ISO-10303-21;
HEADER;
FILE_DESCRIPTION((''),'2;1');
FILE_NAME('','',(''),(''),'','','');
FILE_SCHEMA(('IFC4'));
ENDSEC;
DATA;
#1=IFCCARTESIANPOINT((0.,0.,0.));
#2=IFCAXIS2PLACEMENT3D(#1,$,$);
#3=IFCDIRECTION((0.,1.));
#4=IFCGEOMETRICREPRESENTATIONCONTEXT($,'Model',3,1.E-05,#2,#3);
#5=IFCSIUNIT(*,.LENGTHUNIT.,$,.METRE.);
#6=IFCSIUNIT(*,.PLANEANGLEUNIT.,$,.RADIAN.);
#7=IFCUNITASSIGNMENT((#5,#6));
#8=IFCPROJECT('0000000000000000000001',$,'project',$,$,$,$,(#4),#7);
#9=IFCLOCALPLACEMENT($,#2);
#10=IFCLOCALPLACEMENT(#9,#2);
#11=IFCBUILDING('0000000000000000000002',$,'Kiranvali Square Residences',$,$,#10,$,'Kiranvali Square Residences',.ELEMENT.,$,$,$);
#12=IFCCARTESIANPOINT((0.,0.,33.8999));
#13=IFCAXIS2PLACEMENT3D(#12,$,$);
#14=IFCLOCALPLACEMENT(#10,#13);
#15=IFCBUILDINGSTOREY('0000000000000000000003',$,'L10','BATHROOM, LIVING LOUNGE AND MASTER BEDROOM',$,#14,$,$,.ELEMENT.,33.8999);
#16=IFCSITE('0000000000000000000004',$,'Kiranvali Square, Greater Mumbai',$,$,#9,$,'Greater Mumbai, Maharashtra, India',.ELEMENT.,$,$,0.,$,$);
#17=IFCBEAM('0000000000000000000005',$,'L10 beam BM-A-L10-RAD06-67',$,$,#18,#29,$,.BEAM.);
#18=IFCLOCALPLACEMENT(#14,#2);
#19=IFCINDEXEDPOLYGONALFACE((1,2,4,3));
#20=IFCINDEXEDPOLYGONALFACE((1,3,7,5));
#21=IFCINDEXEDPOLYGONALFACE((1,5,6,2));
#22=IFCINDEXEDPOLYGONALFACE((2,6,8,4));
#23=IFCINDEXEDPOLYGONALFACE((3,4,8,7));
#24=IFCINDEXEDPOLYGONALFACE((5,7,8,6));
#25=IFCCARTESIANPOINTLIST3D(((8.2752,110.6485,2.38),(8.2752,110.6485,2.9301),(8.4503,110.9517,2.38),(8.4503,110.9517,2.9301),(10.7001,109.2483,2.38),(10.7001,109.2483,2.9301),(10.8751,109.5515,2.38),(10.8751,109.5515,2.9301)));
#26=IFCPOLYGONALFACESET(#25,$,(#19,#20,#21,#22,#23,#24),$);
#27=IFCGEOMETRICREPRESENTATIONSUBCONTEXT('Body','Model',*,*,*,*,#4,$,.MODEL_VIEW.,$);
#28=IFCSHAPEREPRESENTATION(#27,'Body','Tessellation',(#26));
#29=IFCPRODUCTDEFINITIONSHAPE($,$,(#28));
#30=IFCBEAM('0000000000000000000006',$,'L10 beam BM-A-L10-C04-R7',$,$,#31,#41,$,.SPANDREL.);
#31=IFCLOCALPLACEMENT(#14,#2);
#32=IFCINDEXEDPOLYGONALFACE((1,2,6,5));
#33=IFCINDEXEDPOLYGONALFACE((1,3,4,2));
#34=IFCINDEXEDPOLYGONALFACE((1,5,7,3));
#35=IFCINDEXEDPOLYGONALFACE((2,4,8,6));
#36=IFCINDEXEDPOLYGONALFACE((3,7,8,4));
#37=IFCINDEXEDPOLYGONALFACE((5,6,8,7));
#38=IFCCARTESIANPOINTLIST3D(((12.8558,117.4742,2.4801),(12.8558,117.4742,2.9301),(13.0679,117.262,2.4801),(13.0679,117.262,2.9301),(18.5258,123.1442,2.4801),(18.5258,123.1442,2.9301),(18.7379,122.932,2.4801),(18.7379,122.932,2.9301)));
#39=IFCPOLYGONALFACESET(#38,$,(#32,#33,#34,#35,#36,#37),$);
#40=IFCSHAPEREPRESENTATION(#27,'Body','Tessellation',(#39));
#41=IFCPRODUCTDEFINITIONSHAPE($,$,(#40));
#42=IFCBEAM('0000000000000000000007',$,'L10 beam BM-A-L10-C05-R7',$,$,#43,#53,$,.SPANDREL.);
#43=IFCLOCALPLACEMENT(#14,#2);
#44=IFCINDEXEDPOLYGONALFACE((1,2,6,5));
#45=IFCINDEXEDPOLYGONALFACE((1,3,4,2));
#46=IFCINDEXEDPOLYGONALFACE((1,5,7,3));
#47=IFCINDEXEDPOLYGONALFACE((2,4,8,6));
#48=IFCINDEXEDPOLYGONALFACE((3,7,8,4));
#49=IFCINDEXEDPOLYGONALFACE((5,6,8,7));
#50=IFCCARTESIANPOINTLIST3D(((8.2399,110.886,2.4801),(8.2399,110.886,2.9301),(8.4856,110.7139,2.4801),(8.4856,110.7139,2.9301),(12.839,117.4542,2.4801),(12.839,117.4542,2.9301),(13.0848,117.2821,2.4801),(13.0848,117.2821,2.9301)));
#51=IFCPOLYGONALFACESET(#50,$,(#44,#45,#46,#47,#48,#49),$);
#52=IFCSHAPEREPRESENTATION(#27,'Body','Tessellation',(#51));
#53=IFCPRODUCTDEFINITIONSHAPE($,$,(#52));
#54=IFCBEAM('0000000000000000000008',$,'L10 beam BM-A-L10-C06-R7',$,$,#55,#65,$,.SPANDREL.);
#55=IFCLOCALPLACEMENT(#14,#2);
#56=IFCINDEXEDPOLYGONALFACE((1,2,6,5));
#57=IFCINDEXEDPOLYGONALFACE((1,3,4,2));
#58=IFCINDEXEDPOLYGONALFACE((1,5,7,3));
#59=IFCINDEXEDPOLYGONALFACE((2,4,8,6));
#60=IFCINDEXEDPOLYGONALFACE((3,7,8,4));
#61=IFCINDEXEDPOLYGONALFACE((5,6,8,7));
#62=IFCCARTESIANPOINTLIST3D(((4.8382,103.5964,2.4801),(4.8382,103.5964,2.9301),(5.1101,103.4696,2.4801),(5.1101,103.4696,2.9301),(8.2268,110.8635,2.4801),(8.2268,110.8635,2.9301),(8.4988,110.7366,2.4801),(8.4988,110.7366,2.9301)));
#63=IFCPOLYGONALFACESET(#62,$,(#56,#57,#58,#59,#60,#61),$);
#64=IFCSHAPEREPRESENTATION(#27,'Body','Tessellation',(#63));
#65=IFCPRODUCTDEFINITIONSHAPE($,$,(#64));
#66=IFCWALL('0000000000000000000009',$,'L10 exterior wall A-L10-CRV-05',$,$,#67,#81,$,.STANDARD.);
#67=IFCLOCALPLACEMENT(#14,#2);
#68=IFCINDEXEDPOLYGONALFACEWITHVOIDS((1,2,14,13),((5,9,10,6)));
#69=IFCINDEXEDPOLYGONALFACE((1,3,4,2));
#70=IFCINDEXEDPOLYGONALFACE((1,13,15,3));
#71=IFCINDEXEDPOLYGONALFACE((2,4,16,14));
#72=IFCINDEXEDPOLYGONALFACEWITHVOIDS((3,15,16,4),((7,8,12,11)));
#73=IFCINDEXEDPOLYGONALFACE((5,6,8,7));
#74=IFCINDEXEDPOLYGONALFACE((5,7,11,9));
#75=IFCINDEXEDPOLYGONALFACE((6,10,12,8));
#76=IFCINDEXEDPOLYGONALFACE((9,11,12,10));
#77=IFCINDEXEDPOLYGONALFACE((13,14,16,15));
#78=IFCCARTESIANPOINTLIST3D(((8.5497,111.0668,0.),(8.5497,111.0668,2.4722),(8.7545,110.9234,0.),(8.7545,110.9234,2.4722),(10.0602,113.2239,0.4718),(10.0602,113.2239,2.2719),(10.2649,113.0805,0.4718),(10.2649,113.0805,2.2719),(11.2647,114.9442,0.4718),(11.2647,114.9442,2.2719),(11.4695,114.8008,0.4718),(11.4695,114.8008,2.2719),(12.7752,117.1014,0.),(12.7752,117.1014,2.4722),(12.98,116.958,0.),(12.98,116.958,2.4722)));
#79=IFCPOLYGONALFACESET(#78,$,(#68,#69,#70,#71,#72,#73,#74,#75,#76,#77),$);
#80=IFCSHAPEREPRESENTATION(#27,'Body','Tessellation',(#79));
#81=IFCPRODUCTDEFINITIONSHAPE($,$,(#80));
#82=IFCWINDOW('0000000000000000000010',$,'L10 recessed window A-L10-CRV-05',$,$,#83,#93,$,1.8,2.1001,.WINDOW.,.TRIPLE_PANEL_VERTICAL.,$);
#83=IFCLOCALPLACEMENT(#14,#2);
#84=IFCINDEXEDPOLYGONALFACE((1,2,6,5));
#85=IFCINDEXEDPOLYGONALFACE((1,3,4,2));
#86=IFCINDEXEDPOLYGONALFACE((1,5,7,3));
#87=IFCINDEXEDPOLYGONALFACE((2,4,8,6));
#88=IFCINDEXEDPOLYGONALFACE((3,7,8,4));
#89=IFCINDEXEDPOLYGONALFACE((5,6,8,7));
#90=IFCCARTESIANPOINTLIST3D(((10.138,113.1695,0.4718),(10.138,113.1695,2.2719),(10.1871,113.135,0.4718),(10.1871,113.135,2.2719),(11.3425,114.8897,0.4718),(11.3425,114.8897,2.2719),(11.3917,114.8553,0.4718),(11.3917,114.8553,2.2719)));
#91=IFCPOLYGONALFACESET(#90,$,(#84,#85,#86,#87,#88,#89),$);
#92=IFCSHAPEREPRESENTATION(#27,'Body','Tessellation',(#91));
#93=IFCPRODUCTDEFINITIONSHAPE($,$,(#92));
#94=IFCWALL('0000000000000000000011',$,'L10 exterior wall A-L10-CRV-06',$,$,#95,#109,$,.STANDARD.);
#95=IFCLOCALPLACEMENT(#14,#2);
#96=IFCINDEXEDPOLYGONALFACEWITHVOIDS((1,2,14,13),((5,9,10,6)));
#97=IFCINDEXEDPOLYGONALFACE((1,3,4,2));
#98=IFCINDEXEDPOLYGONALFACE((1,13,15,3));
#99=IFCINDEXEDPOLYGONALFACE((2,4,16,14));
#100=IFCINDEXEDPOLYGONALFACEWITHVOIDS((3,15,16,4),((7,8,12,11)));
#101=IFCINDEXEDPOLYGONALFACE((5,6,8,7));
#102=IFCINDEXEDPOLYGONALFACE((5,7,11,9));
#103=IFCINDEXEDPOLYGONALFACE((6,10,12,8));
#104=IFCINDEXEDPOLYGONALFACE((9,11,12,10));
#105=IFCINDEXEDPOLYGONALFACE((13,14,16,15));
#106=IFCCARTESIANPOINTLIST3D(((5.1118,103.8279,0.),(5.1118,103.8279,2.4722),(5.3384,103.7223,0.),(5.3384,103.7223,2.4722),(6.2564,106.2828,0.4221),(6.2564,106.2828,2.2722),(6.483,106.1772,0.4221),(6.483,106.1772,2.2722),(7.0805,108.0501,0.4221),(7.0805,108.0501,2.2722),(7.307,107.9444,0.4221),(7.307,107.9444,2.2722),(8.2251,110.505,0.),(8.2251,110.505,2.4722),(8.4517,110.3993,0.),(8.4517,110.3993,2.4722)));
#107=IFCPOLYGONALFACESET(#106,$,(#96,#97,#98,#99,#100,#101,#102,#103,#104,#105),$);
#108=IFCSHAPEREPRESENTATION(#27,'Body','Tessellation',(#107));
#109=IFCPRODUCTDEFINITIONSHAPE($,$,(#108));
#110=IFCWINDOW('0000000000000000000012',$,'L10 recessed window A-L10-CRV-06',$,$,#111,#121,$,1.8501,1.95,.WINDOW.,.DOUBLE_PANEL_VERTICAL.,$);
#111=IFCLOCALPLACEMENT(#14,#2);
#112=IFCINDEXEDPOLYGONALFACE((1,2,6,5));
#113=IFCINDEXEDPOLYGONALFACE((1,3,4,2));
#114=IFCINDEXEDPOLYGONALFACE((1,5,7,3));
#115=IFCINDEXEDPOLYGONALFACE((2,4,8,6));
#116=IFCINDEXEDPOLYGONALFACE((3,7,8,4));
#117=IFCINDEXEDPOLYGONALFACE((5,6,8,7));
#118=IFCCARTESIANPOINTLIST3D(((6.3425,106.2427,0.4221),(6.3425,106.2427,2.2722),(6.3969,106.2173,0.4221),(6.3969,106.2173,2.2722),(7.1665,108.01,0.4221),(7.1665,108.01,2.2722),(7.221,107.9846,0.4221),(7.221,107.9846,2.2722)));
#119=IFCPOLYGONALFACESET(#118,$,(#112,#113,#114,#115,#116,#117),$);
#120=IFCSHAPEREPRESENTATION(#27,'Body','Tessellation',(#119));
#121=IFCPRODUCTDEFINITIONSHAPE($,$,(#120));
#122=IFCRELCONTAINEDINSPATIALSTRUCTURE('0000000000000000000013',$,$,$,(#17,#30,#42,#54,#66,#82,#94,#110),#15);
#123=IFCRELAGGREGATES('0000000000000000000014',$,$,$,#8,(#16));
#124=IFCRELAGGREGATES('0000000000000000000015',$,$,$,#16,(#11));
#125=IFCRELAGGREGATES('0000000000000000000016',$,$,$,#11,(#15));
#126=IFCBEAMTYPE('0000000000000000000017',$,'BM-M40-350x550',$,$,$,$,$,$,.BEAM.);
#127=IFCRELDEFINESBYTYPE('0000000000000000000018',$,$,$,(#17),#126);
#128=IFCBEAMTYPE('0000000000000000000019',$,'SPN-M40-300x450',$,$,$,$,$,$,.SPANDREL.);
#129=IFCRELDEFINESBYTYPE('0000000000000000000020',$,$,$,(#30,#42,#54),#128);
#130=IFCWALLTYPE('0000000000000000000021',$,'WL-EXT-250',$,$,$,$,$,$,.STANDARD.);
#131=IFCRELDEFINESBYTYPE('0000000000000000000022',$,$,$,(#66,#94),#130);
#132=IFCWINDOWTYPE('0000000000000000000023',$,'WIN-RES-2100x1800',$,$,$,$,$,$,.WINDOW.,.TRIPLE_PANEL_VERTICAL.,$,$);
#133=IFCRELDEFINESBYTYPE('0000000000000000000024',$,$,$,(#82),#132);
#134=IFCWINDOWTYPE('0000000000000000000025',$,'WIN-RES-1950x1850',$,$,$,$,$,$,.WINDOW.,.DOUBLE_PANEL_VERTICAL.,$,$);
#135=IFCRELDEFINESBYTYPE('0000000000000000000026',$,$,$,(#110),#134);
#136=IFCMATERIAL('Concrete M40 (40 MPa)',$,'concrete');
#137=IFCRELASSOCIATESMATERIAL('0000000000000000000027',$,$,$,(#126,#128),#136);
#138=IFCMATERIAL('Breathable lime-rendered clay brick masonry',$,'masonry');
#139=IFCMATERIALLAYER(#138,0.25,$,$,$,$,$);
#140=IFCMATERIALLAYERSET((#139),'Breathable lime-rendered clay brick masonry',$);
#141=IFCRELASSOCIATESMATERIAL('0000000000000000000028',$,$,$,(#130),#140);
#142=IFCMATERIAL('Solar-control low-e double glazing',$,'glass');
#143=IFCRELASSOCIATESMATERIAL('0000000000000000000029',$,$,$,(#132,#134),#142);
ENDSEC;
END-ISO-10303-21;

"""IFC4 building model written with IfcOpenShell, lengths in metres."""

from ifc_helpers import new_model, si_unit, direction, frame, frame_2d, origin, origin_2d, place, context, subcontext, project, spatial, rectangle, extrude, material, layer, layer_set, material_profile, profile_set, type_object, element, fill, save


model = new_model("IFC4")

# Units and contexts
model_context = context("Model", 3, precision=1e-05, world=origin(), true_north=direction((0.0, 1.0)))
body_context = subcontext(model_context, "Body", "Model", "MODEL_VIEW")
ifc_project = project(units=[si_unit("LENGTHUNIT", "METRE"), si_unit("PLANEANGLEUNIT", "RADIAN")], contexts=[model_context])

# Site, building, storey
site_placement = place(None, origin())
site = spatial("IfcSite", under=ifc_project, at=site_placement, Name="Kiranvali Square, Greater Mumbai", LongName="Greater Mumbai, Maharashtra, India", CompositionType="ELEMENT", RefElevation=0.0)
building_placement = place(site_placement, origin())
building = spatial("IfcBuilding", under=site, at=building_placement, Name="Kiranvali Square Residences", LongName="Kiranvali Square Residences", CompositionType="ELEMENT")
storey_placement = place(building_placement, frame((0.0, 0.0, 33.8999)))
storey = spatial("IfcBuildingStorey", under=building, at=storey_placement, Name="L10", Description="BATHROOM, LIVING LOUNGE AND MASTER BEDROOM", CompositionType="ELEMENT", Elevation=33.8999)

# Shared definitions
ifc_material_1 = material(Name="Concrete M40 (40 MPa)", Category="concrete")

# Beams
ifc_material_profile_1 = material_profile(ifc_material_1, rectangle(XDim=0.3501, YDim=0.55, at=origin_2d()), Name="RC 350x550")
ifc_profile_set_1 = profile_set([ifc_material_profile_1], Name="Concrete M40 (40 MPa)")
beam_type_1 = type_object("IfcBeamType", Name="BM-M40-350x550", PredefinedType="BEAM", material=ifc_profile_set_1)
for number, where, z_axis, x_axis, name in (
    (1, (10.7876, 109.3999, 2.655), (-0.865997, 0.50005, 0.0), (-0.50005, -0.865997, 0.0), "L10 beam BM-A-L10-RAD06-67"),
):
    element("IfcBeam", number, at=place(storey_placement, frame(where, z_axis=z_axis, x_axis=x_axis)), inside=storey, type_object=beam_type_1, Name=name, PredefinedType="BEAM", context=body_context, shape_type="SweptSolid", body=[
        extrude(rectangle(XDim=0.3501, YDim=0.55, at=origin_2d()), origin(), (0.0, 0.0, 1.0), 2.8),
    ])
ifc_material_profile_2 = material_profile(ifc_material_1, rectangle(XDim=0.3, YDim=0.45, at=origin_2d()), Name="RC 300x450")
ifc_profile_set_2 = profile_set([ifc_material_profile_2], Name="Concrete M40 (40 MPa)")
beam_type_2 = type_object("IfcBeamType", Name="SPN-M40-300x450", PredefinedType="SPANDREL", material=ifc_profile_set_2)
beam_1_placement = place(storey_placement, frame((18.6318, 123.0381, 2.7051), z_axis=(-0.707107, -0.707107, 0.0), x_axis=(0.707107, -0.707107, 0.0)))
element("IfcBeam", 2, at=beam_1_placement, inside=storey, type_object=beam_type_2, Name="L10 beam BM-A-L10-C04-R7", PredefinedType="SPANDREL", context=body_context, shape_type="SweptSolid", body=[
    extrude(rectangle(XDim=0.3, YDim=0.45, at=origin_2d()), origin(), (0.0, 0.0, 1.0), 8.0186),
])
for number, where, z_axis, x_axis, name in (
    (3, (12.9619, 117.3682, 2.7051), (-0.573583, -0.819148, 0.0), (0.819148, -0.573583, 0.0), "L10 beam BM-A-L10-C05-R7"),
    (4, (8.3628, 110.8, 2.7051), (-0.422615, -0.906309, 0.0), (0.906309, -0.422615, 0.0), "L10 beam BM-A-L10-C06-R7"),
):
    element("IfcBeam", number, at=place(storey_placement, frame(where, z_axis=z_axis, x_axis=x_axis)), inside=storey, type_object=beam_type_2, Name=name, PredefinedType="SPANDREL", context=body_context, shape_type="SweptSolid", body=[
        extrude(rectangle(XDim=0.3, YDim=0.45, at=origin_2d()), origin(), (0.0, 0.0, 1.0), 8.0183),
    ])

# Shared definitions
ifc_material_2 = material(Name="Breathable lime-rendered clay brick masonry", Category="masonry")
ifc_layer = layer(ifc_material_2, 0.25)
ifc_layer_set = layer_set([ifc_layer], Name="Breathable lime-rendered clay brick masonry")
wall_type = type_object("IfcWallType", Name="WL-EXT-250", PredefinedType="STANDARD", material=ifc_layer_set)
ifc_material_3 = material(Name="Solar-control low-e double glazing", Category="glass")

# Walls, openings, windows
wall_1_placement = place(storey_placement, frame((12.8777, 117.0298, 0.0), z_axis=(0.0, 0.0, 1.0), x_axis=(-0.573582, -0.819148, 0.0)))
wall_1 = element("IfcWall", 5, at=wall_1_placement, inside=storey, type_object=wall_type, Name="L10 exterior wall A-L10-CRV-05", PredefinedType="STANDARD", context=body_context, shape_type="SweptSolid", body=[
    extrude(rectangle(XDim=7.3669, YDim=0.25, at=frame_2d((3.6836, 0.0))), origin(), (0.0, 0.0, 1.0), 2.4722),
])
opening_1_placement = place(wall_1_placement, frame((2.6335, 0.0, 0.4719)))
opening_1 = element("IfcOpeningElement", 6, at=opening_1_placement, cuts=wall_1, PredefinedType="OPENING", context=body_context, shape_type="SweptSolid", body=[
    extrude(rectangle(XDim=2.1001, YDim=1.8, at=frame_2d((1.05, 0.8999))), frame((0.0, 0.135, 0.0), z_axis=(0.0, -1.0, 0.0), x_axis=(1.0, 0.0, 0.0)), (0.0, 0.0, 1.0), 0.27),
])
window_type_1 = type_object("IfcWindowType", Name="WIN-RES-2100x1800", PartitioningType="TRIPLE_PANEL_VERTICAL", PredefinedType="WINDOW", material=ifc_material_3)
window_1_placement = place(opening_1_placement, origin())
window_1 = element("IfcWindow", 7, at=window_1_placement, inside=storey, type_object=window_type_1, Name="L10 recessed window A-L10-CRV-05", OverallHeight=1.8, OverallWidth=2.1001, PartitioningType="TRIPLE_PANEL_VERTICAL", PredefinedType="WINDOW", context=body_context, shape_type="SweptSolid", body=[
    extrude(rectangle(XDim=2.1001, YDim=1.8, at=frame_2d((1.05, 0.8999))), frame((0.0, 0.03, 0.0), z_axis=(0.0, -1.0, 0.0), x_axis=(1.0, 0.0, 0.0)), (0.0, 0.0, 1.0), 0.0601),
])
fill(opening_1, window_1)
wall_2_placement = place(storey_placement, frame((8.3384, 110.4521, 0.0), z_axis=(0.0, 0.0, 1.0), x_axis=(-0.42259, -0.906321, 0.0)))
wall_2 = element("IfcWall", 8, at=wall_2_placement, inside=storey, type_object=wall_type, Name="L10 exterior wall A-L10-CRV-06", PredefinedType="STANDARD", context=body_context, shape_type="SweptSolid", body=[
    extrude(rectangle(XDim=7.3672, YDim=0.25, at=frame_2d((3.6836, 0.0))), origin(), (0.0, 0.0, 1.0), 2.4722),
])
opening_2_placement = place(wall_2_placement, frame((2.7085, 0.0, 0.4221)))
opening_2 = element("IfcOpeningElement", 9, at=opening_2_placement, cuts=wall_2, PredefinedType="OPENING", context=body_context, shape_type="SweptSolid", body=[
    extrude(rectangle(XDim=1.95, YDim=1.8501, at=frame_2d((0.9751, 0.925))), frame((0.0, 0.135, 0.0), z_axis=(0.0, -1.0, 0.0), x_axis=(1.0, 0.0, 0.0)), (0.0, 0.0, 1.0), 0.27),
])
window_type_2 = type_object("IfcWindowType", Name="WIN-RES-1950x1850", PartitioningType="DOUBLE_PANEL_VERTICAL", PredefinedType="WINDOW", material=ifc_material_3)
window_2_placement = place(opening_2_placement, origin())
window_2 = element("IfcWindow", 10, at=window_2_placement, inside=storey, type_object=window_type_2, Name="L10 recessed window A-L10-CRV-06", OverallHeight=1.8501, OverallWidth=1.95, PartitioningType="DOUBLE_PANEL_VERTICAL", PredefinedType="WINDOW", context=body_context, shape_type="SweptSolid", body=[
    extrude(rectangle(XDim=1.95, YDim=1.8501, at=frame_2d((0.9751, 0.925))), frame((0.0, 0.03, 0.0), z_axis=(0.0, -1.0, 0.0), x_axis=(1.0, 0.0, 0.0)), (0.0, 0.0, 1.0), 0.0601),
])
fill(opening_2, window_2)

save(model, "model.ifc")
